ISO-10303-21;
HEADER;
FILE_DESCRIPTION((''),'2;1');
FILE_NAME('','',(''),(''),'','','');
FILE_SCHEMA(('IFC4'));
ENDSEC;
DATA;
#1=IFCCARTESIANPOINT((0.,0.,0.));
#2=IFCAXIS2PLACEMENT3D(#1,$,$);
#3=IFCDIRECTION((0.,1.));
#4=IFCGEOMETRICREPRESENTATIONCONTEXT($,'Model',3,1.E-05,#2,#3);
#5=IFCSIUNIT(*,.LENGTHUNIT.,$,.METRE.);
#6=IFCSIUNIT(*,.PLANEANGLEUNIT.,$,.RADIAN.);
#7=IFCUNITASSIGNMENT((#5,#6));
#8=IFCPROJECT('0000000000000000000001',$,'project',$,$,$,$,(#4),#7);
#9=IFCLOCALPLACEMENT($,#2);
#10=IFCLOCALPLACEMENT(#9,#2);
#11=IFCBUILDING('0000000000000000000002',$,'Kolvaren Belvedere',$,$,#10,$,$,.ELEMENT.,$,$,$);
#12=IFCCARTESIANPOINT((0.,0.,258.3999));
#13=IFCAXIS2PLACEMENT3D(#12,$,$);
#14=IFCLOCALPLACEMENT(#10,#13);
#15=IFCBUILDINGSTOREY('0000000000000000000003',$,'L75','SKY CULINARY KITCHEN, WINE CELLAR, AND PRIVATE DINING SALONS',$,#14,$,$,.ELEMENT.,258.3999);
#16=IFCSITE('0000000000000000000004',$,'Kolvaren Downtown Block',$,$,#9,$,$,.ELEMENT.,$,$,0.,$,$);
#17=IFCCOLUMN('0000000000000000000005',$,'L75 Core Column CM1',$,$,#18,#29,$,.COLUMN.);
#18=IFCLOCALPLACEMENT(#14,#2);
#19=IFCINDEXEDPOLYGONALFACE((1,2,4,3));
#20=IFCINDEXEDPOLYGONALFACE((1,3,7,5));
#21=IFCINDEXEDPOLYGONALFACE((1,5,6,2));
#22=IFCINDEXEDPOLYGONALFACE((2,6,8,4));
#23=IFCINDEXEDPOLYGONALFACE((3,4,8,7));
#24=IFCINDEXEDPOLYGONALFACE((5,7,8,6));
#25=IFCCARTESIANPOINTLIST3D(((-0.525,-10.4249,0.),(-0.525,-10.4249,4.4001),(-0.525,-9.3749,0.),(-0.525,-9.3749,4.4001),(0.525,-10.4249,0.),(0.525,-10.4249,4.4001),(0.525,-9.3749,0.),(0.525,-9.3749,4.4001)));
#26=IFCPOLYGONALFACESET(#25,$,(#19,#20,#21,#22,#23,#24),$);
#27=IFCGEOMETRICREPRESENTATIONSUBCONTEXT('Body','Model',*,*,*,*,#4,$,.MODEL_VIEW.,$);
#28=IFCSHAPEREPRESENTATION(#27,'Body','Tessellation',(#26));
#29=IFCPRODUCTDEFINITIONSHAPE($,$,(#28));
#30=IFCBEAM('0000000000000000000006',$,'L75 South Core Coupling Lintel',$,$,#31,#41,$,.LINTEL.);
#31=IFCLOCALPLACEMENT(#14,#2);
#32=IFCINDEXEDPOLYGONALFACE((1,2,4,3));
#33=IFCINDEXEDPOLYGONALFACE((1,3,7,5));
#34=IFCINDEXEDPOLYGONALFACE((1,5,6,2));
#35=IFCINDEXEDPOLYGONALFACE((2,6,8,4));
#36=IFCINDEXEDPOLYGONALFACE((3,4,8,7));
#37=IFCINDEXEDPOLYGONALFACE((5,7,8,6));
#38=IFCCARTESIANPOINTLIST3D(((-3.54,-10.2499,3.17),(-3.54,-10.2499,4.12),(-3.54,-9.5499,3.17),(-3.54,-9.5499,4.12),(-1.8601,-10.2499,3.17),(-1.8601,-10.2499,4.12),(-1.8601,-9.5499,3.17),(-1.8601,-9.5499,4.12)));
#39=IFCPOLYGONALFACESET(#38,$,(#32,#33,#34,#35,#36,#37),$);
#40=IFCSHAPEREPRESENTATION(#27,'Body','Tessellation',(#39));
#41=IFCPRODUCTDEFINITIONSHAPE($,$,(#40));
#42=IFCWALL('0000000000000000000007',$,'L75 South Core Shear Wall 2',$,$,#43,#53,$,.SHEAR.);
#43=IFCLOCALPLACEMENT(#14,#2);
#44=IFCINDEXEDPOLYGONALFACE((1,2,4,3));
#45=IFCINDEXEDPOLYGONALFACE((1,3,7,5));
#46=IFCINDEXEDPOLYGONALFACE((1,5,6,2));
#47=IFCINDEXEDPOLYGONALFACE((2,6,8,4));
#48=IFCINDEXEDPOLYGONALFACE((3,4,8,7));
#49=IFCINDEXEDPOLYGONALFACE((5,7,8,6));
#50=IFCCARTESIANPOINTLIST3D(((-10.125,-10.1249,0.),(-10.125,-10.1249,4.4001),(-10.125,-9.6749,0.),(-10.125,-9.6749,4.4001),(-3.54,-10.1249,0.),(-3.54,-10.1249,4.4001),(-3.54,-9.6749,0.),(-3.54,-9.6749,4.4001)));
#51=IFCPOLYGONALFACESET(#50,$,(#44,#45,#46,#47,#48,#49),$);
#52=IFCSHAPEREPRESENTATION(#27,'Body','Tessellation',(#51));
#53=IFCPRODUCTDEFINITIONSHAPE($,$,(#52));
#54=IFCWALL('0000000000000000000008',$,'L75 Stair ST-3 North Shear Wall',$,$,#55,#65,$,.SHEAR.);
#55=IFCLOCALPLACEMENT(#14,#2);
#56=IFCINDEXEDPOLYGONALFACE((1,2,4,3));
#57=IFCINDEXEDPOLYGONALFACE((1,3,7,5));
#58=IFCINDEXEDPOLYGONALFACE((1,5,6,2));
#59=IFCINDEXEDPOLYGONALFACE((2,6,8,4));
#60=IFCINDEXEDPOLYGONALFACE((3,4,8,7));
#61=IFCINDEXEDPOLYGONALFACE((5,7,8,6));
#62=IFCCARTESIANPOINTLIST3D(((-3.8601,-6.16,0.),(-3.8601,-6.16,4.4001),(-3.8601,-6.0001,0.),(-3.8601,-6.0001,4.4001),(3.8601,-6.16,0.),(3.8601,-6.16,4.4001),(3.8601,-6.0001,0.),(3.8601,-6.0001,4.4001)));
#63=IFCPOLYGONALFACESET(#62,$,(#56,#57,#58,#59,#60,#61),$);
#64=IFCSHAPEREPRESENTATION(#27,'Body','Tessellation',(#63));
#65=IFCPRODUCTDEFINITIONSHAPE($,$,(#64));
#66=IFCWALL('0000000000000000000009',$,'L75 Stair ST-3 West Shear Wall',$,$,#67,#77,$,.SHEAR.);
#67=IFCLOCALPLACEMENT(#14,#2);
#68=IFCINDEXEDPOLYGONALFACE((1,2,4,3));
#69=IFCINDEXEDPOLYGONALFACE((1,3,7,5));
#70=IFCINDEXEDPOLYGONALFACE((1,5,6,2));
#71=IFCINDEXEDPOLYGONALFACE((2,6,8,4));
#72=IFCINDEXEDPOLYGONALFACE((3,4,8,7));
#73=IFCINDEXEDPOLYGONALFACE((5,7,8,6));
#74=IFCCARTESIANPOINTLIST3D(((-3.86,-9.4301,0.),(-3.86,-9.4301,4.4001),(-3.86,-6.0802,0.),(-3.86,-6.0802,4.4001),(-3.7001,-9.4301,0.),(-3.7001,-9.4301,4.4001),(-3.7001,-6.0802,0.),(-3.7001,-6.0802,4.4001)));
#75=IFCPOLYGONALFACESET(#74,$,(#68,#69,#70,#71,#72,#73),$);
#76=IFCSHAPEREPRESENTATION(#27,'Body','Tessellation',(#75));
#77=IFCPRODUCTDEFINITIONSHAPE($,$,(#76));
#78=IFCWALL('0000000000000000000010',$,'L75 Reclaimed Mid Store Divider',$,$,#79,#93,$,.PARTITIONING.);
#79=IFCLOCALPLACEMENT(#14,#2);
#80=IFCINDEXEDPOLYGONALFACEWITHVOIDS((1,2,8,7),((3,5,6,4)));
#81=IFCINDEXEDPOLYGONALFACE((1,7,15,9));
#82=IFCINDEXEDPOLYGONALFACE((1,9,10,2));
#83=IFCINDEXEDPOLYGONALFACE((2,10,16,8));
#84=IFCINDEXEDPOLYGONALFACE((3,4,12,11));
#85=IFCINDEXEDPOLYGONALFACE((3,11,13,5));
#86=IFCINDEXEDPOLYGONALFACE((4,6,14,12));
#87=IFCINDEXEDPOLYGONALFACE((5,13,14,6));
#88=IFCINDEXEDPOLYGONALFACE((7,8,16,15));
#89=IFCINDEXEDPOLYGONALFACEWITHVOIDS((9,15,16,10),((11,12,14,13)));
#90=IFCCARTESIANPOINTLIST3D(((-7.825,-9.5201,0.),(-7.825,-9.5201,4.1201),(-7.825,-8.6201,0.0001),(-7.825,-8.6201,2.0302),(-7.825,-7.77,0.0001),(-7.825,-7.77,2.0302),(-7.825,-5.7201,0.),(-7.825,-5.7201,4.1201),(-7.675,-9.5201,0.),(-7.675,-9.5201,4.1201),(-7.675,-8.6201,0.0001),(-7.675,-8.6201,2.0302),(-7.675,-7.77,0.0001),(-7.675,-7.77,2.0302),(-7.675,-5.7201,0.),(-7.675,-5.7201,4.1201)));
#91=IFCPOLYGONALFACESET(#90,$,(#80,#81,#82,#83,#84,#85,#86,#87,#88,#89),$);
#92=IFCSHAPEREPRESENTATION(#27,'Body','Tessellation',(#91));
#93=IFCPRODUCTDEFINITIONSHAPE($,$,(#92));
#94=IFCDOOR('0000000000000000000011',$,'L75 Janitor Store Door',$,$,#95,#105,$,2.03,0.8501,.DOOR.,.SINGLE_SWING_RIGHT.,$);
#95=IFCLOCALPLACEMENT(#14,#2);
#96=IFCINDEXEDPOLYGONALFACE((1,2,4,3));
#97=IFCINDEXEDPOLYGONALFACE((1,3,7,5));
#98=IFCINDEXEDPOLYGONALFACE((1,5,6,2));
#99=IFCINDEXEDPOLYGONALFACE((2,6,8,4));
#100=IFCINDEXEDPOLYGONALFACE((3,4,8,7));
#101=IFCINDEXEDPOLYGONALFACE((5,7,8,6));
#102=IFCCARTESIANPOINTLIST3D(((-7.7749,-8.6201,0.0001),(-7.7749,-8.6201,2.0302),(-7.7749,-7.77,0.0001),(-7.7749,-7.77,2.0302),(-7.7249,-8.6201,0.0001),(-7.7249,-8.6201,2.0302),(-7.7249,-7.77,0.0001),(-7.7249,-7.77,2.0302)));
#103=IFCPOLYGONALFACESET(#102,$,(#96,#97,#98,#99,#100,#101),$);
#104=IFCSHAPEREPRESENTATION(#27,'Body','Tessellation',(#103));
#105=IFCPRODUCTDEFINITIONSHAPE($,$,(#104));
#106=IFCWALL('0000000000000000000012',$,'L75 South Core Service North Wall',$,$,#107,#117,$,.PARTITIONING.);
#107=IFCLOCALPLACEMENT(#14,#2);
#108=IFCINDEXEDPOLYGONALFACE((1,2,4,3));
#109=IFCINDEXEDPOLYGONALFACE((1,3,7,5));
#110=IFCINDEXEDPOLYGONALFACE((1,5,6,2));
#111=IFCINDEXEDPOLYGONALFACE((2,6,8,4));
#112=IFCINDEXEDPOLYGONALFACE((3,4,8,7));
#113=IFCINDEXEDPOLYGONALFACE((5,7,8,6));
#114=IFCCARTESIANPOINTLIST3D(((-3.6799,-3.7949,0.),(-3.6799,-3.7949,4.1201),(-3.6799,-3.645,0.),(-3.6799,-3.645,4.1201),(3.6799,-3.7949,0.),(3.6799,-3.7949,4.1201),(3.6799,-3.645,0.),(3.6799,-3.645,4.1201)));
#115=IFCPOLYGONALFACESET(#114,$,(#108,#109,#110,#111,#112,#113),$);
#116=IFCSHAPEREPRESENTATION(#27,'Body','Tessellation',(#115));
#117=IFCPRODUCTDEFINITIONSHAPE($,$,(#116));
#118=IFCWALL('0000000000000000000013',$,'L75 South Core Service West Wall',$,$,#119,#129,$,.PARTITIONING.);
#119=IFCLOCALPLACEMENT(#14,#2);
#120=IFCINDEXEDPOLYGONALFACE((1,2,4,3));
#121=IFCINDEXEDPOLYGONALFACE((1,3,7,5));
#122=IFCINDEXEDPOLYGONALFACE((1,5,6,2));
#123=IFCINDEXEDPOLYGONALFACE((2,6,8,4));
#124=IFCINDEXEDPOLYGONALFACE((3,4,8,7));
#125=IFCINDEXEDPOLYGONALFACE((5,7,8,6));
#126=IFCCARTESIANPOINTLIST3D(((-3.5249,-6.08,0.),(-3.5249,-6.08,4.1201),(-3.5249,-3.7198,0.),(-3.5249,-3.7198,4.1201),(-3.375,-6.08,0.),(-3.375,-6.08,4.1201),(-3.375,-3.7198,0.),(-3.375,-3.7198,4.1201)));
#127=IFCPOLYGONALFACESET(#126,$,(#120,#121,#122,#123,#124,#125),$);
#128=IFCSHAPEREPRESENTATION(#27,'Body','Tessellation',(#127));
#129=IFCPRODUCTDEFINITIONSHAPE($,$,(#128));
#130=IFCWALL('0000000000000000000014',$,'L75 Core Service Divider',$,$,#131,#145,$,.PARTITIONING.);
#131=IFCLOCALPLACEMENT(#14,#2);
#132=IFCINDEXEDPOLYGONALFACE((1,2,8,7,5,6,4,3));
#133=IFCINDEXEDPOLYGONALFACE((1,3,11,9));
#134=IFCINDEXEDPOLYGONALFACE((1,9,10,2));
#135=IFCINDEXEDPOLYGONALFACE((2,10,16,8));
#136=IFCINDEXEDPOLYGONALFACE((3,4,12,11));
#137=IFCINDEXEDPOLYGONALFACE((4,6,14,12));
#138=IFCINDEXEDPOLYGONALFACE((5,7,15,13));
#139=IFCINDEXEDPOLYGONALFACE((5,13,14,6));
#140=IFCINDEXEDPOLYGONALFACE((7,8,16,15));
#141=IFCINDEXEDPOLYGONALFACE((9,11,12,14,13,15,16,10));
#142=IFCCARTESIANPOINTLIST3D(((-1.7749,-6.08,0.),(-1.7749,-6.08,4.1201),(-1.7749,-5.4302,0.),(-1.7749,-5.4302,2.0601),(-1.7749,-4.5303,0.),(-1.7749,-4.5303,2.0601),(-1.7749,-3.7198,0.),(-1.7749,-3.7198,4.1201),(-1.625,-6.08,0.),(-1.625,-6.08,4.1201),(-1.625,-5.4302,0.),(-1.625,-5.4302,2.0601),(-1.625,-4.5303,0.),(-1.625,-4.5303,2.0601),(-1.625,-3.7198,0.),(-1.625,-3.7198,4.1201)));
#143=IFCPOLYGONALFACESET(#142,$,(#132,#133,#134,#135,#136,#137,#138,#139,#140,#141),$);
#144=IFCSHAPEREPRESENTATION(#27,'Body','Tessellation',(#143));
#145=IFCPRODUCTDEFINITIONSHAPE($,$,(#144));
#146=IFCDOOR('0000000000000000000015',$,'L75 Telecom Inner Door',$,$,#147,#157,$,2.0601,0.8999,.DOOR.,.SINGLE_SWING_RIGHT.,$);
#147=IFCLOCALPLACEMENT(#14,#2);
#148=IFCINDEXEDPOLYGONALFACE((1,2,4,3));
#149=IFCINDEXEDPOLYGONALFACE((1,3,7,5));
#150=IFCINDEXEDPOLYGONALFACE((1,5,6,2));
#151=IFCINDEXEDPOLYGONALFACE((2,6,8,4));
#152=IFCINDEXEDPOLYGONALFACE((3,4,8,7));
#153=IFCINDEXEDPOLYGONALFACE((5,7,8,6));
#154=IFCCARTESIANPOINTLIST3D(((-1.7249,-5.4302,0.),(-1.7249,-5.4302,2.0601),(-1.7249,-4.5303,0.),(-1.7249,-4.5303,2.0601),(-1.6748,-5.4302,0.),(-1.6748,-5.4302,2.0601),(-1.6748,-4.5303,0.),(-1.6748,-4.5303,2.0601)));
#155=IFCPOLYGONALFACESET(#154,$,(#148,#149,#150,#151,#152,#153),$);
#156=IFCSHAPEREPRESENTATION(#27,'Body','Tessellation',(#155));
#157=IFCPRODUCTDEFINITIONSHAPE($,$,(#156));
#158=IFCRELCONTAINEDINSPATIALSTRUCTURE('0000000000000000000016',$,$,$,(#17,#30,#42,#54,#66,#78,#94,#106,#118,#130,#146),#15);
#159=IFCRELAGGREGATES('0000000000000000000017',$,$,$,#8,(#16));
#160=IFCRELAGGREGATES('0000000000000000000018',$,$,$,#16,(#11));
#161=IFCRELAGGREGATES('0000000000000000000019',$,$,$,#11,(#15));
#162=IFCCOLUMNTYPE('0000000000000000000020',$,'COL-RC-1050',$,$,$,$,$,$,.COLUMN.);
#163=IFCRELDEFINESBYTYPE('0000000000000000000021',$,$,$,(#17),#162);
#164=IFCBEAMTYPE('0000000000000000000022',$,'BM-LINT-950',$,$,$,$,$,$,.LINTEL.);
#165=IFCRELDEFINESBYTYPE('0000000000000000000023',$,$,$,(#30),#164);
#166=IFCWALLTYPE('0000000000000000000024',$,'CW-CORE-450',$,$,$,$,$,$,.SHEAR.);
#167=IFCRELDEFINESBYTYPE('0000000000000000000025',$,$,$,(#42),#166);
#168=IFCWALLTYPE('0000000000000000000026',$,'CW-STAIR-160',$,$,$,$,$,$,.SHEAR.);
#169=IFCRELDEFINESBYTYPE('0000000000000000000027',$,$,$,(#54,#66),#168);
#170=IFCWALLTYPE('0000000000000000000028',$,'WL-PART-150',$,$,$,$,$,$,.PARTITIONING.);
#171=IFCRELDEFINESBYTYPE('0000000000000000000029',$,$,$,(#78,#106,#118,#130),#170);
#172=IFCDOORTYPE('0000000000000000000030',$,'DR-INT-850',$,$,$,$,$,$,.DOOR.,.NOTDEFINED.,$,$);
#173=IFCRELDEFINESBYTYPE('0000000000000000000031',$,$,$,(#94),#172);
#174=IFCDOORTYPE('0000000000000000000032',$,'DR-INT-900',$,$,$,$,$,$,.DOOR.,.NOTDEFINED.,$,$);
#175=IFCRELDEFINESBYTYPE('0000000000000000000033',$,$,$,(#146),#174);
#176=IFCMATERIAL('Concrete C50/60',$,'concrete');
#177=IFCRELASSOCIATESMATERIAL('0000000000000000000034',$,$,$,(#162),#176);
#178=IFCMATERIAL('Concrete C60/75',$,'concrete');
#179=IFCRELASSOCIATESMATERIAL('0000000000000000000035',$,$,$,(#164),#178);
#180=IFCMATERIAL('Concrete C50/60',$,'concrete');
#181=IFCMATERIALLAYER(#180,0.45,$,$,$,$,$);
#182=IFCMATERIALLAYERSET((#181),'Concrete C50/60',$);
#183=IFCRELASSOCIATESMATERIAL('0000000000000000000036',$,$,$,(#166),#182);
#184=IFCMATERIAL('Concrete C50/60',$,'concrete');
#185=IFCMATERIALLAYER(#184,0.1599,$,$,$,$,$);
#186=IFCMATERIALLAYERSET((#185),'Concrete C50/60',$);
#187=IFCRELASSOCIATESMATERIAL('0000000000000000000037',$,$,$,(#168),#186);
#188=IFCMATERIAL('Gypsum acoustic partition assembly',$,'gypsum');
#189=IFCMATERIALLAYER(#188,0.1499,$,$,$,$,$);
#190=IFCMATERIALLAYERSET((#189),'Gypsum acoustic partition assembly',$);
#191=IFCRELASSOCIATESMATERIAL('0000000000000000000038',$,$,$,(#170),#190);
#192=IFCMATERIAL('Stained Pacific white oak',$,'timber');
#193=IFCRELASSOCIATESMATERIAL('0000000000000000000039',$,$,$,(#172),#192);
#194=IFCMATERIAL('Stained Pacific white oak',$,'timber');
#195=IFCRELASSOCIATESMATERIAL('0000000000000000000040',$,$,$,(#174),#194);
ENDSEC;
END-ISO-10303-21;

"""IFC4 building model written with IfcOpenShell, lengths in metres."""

from ifc_helpers import new_model, si_unit, direction, frame, frame_2d, origin, origin_2d, place, context, subcontext, project, spatial, rectangle, extrude, material, layer, layer_set, material_profile, profile_set, type_object, element, fill, save


model = new_model("IFC4")

# Units and contexts
model_context = context("Model", 3, precision=1e-05, world=origin(), true_north=direction((0.0, 1.0)))
body_context = subcontext(model_context, "Body", "Model", "MODEL_VIEW")
ifc_project = project(units=[si_unit("LENGTHUNIT", "METRE"), si_unit("PLANEANGLEUNIT", "RADIAN")], contexts=[model_context])

# Site, building, storey
site_placement = place(None, origin())
site = spatial("IfcSite", under=ifc_project, at=site_placement, Name="Kolvaren Downtown Block", CompositionType="ELEMENT", RefElevation=0.0)
building_placement = place(site_placement, origin())
building = spatial("IfcBuilding", under=site, at=building_placement, Name="Kolvaren Belvedere", CompositionType="ELEMENT")
storey_placement = place(building_placement, frame((0.0, 0.0, 258.3999)))
storey = spatial("IfcBuildingStorey", under=building, at=storey_placement, Name="L75", Description="SKY CULINARY KITCHEN, WINE CELLAR, AND PRIVATE DINING SALONS", CompositionType="ELEMENT", Elevation=258.3999)

# Column
ifc_material_1 = material(Name="Concrete C50/60", Category="concrete")
ifc_material_profile_1 = material_profile(ifc_material_1, rectangle(XDim=1.05, YDim=1.05, at=origin_2d()), Name="RC 1050X1050")
ifc_profile_set_1 = profile_set([ifc_material_profile_1], Name="Concrete C50/60")
column_type = type_object("IfcColumnType", Name="COL-RC-1050", PredefinedType="COLUMN", material=ifc_profile_set_1)
column_placement = place(storey_placement, frame((0.0, -9.8999, 0.0), z_axis=(0.0, 0.0, 1.0), x_axis=(1.0, 0.0, 0.0)))
element("IfcColumn", 1, at=column_placement, inside=storey, type_object=column_type, Name="L75 Core Column CM1", PredefinedType="COLUMN", context=body_context, shape_type="SweptSolid", body=[
    extrude(rectangle(XDim=1.05, YDim=1.05, at=origin_2d()), origin(), (0.0, 0.0, 1.0), 4.4001),
])

# Beam
ifc_material_2 = material(Name="Concrete C60/75", Category="concrete")
ifc_material_profile_2 = material_profile(ifc_material_2, rectangle(XDim=0.7, YDim=0.95, at=origin_2d()), Name="RC 700X950")
ifc_profile_set_2 = profile_set([ifc_material_profile_2], Name="Concrete C60/75")
beam_type = type_object("IfcBeamType", Name="BM-LINT-950", PredefinedType="LINTEL", material=ifc_profile_set_2)
beam_placement = place(storey_placement, frame((-3.54, -9.8999, 3.645), z_axis=(1.0, 0.0, 0.0), x_axis=(0.0, 1.0, 0.0)))
element("IfcBeam", 2, at=beam_placement, inside=storey, type_object=beam_type, Name="L75 South Core Coupling Lintel", PredefinedType="LINTEL", context=body_context, shape_type="SweptSolid", body=[
    extrude(rectangle(XDim=0.7, YDim=0.95, at=origin_2d()), origin(), (0.0, 0.0, 1.0), 1.6799),
])

# Walls
ifc_material_3 = material(Name="Concrete C50/60", Category="concrete")
ifc_layer_1 = layer(ifc_material_3, 0.45)
ifc_layer_set_1 = layer_set([ifc_layer_1], Name="Concrete C50/60")
wall_type_1 = type_object("IfcWallType", Name="CW-CORE-450", PredefinedType="SHEAR", material=ifc_layer_set_1)
wall_1_placement = place(storey_placement, frame((-3.54, -9.8999, 0.0), z_axis=(0.0, 0.0, 1.0), x_axis=(-1.0, 0.0, 0.0)))
element("IfcWall", 3, at=wall_1_placement, inside=storey, type_object=wall_type_1, Name="L75 South Core Shear Wall 2", PredefinedType="SHEAR", context=body_context, shape_type="SweptSolid", body=[
    extrude(rectangle(XDim=6.585, YDim=0.45, at=frame_2d((3.2925, 0.0))), origin(), (0.0, 0.0, 1.0), 4.4001),
])
ifc_material_4 = material(Name="Concrete C50/60", Category="concrete")
ifc_layer_2 = layer(ifc_material_4, 0.1599)
ifc_layer_set_2 = layer_set([ifc_layer_2], Name="Concrete C50/60")
wall_type_2 = type_object("IfcWallType", Name="CW-STAIR-160", PredefinedType="SHEAR", material=ifc_layer_set_2)
wall_2_placement = place(storey_placement, frame((-3.8601, -6.0801, 0.0), z_axis=(0.0, 0.0, 1.0), x_axis=(1.0, 0.0, 0.0)))
element("IfcWall", 4, at=wall_2_placement, inside=storey, type_object=wall_type_2, Name="L75 Stair ST-3 North Shear Wall", PredefinedType="SHEAR", context=body_context, shape_type="SweptSolid", body=[
    extrude(rectangle(XDim=7.7202, YDim=0.1599, at=frame_2d((3.8601, 0.0))), origin(), (0.0, 0.0, 1.0), 4.4001),
])
wall_3_placement = place(storey_placement, frame((-3.78, -9.4299, 0.0), z_axis=(0.0, 0.0, 1.0), x_axis=(0.0, 1.0, 0.0)))
element("IfcWall", 5, at=wall_3_placement, inside=storey, type_object=wall_type_2, Name="L75 Stair ST-3 West Shear Wall", PredefinedType="SHEAR", context=body_context, shape_type="SweptSolid", body=[
    extrude(rectangle(XDim=3.3499, YDim=0.1599, at=frame_2d((1.6748, 0.0))), origin(), (0.0, 0.0, 1.0), 4.4001),
])

# Wall, opening, door
ifc_material_5 = material(Name="Gypsum acoustic partition assembly", Category="gypsum")
ifc_layer_3 = layer(ifc_material_5, 0.1499)
ifc_layer_set_3 = layer_set([ifc_layer_3], Name="Gypsum acoustic partition assembly")
wall_type_3 = type_object("IfcWallType", Name="WL-PART-150", PredefinedType="PARTITIONING", material=ifc_layer_set_3)
wall_4_placement = place(storey_placement, frame((-7.75, -9.52, 0.0), z_axis=(0.0, 0.0, 1.0), x_axis=(0.0, 1.0, 0.0)))
wall_4 = element("IfcWall", 6, at=wall_4_placement, inside=storey, type_object=wall_type_3, Name="L75 Reclaimed Mid Store Divider", PredefinedType="PARTITIONING", context=body_context, shape_type="SweptSolid", body=[
    extrude(rectangle(XDim=3.8, YDim=0.1499, at=frame_2d((1.8999, 0.0))), origin(), (0.0, 0.0, 1.0), 4.1201),
])
opening_1_placement = place(wall_4_placement, frame((0.8999, 0.0, 0.0)))
opening_1 = element("IfcOpeningElement", 7, at=opening_1_placement, cuts=wall_4, PredefinedType="OPENING", context=body_context, shape_type="SweptSolid", body=[
    extrude(rectangle(XDim=0.8501, YDim=2.03, at=frame_2d((0.425, 1.0151))), frame((0.0, 0.085, 0.0), z_axis=(0.0, -1.0, 0.0), x_axis=(1.0, 0.0, 0.0)), (0.0, 0.0, 1.0), 0.1699),
])
ifc_material_6 = material(Name="Stained Pacific white oak", Category="timber")
door_type_1 = type_object("IfcDoorType", Name="DR-INT-850", OperationType="NOTDEFINED", PredefinedType="DOOR", material=ifc_material_6)
door_1_placement = place(opening_1_placement, origin())
door_1 = element("IfcDoor", 8, at=door_1_placement, inside=storey, type_object=door_type_1, Name="L75 Janitor Store Door", OperationType="SINGLE_SWING_RIGHT", OverallHeight=2.03, OverallWidth=0.8501, PredefinedType="DOOR", context=body_context, shape_type="SweptSolid", body=[
    extrude(rectangle(XDim=0.8501, YDim=2.03, at=frame_2d((0.425, 1.0151))), frame((0.0, 0.0249, 0.0), z_axis=(0.0, -1.0, 0.0), x_axis=(1.0, 0.0, 0.0)), (0.0, 0.0, 1.0), 0.05),
])
fill(opening_1, door_1)

# Walls
wall_5_placement = place(storey_placement, frame((-3.6799, -3.72, 0.0), z_axis=(0.0, 0.0, 1.0), x_axis=(1.0, 0.0, 0.0)))
element("IfcWall", 9, at=wall_5_placement, inside=storey, type_object=wall_type_3, Name="L75 South Core Service North Wall", PredefinedType="PARTITIONING", context=body_context, shape_type="SweptSolid", body=[
    extrude(rectangle(XDim=7.3599, YDim=0.1499, at=frame_2d((3.6799, 0.0))), origin(), (0.0, 0.0, 1.0), 4.1201),
])
wall_6_placement = place(storey_placement, frame((-3.45, -6.0801, 0.0), z_axis=(0.0, 0.0, 1.0), x_axis=(0.0, 1.0, 0.0)))
element("IfcWall", 10, at=wall_6_placement, inside=storey, type_object=wall_type_3, Name="L75 South Core Service West Wall", PredefinedType="PARTITIONING", context=body_context, shape_type="SweptSolid", body=[
    extrude(rectangle(XDim=2.3601, YDim=0.1499, at=frame_2d((1.1802, 0.0))), origin(), (0.0, 0.0, 1.0), 4.1201),
])

# Wall, opening, door
wall_7_placement = place(storey_placement, frame((-1.7, -6.0801, 0.0), z_axis=(0.0, 0.0, 1.0), x_axis=(0.0, 1.0, 0.0)))
wall_7 = element("IfcWall", 11, at=wall_7_placement, inside=storey, type_object=wall_type_3, Name="L75 Core Service Divider", PredefinedType="PARTITIONING", context=body_context, shape_type="SweptSolid", body=[
    extrude(rectangle(XDim=2.3601, YDim=0.1499, at=frame_2d((1.1802, 0.0))), origin(), (0.0, 0.0, 1.0), 4.1201),
])
opening_2_placement = place(wall_7_placement, frame((0.6499, 0.0, 0.0)))
opening_2 = element("IfcOpeningElement", 12, at=opening_2_placement, cuts=wall_7, PredefinedType="OPENING", context=body_context, shape_type="SweptSolid", body=[
    extrude(rectangle(XDim=0.8999, YDim=2.0601, at=frame_2d((0.45, 1.03))), frame((0.0, 0.085, 0.0), z_axis=(0.0, -1.0, 0.0), x_axis=(1.0, 0.0, 0.0)), (0.0, 0.0, 1.0), 0.1699),
])
ifc_material_7 = material(Name="Stained Pacific white oak", Category="timber")
door_type_2 = type_object("IfcDoorType", Name="DR-INT-900", OperationType="NOTDEFINED", PredefinedType="DOOR", material=ifc_material_7)
door_2_placement = place(opening_2_placement, origin())
door_2 = element("IfcDoor", 13, at=door_2_placement, inside=storey, type_object=door_type_2, Name="L75 Telecom Inner Door", OperationType="SINGLE_SWING_RIGHT", OverallHeight=2.0601, OverallWidth=0.8999, PredefinedType="DOOR", context=body_context, shape_type="SweptSolid", body=[
    extrude(rectangle(XDim=0.8999, YDim=2.0601, at=frame_2d((0.45, 1.03))), frame((0.0, 0.0249, 0.0), z_axis=(0.0, -1.0, 0.0), x_axis=(1.0, 0.0, 0.0)), (0.0, 0.0, 1.0), 0.05),
])
fill(opening_2, door_2)

save(model, "model.ifc")
